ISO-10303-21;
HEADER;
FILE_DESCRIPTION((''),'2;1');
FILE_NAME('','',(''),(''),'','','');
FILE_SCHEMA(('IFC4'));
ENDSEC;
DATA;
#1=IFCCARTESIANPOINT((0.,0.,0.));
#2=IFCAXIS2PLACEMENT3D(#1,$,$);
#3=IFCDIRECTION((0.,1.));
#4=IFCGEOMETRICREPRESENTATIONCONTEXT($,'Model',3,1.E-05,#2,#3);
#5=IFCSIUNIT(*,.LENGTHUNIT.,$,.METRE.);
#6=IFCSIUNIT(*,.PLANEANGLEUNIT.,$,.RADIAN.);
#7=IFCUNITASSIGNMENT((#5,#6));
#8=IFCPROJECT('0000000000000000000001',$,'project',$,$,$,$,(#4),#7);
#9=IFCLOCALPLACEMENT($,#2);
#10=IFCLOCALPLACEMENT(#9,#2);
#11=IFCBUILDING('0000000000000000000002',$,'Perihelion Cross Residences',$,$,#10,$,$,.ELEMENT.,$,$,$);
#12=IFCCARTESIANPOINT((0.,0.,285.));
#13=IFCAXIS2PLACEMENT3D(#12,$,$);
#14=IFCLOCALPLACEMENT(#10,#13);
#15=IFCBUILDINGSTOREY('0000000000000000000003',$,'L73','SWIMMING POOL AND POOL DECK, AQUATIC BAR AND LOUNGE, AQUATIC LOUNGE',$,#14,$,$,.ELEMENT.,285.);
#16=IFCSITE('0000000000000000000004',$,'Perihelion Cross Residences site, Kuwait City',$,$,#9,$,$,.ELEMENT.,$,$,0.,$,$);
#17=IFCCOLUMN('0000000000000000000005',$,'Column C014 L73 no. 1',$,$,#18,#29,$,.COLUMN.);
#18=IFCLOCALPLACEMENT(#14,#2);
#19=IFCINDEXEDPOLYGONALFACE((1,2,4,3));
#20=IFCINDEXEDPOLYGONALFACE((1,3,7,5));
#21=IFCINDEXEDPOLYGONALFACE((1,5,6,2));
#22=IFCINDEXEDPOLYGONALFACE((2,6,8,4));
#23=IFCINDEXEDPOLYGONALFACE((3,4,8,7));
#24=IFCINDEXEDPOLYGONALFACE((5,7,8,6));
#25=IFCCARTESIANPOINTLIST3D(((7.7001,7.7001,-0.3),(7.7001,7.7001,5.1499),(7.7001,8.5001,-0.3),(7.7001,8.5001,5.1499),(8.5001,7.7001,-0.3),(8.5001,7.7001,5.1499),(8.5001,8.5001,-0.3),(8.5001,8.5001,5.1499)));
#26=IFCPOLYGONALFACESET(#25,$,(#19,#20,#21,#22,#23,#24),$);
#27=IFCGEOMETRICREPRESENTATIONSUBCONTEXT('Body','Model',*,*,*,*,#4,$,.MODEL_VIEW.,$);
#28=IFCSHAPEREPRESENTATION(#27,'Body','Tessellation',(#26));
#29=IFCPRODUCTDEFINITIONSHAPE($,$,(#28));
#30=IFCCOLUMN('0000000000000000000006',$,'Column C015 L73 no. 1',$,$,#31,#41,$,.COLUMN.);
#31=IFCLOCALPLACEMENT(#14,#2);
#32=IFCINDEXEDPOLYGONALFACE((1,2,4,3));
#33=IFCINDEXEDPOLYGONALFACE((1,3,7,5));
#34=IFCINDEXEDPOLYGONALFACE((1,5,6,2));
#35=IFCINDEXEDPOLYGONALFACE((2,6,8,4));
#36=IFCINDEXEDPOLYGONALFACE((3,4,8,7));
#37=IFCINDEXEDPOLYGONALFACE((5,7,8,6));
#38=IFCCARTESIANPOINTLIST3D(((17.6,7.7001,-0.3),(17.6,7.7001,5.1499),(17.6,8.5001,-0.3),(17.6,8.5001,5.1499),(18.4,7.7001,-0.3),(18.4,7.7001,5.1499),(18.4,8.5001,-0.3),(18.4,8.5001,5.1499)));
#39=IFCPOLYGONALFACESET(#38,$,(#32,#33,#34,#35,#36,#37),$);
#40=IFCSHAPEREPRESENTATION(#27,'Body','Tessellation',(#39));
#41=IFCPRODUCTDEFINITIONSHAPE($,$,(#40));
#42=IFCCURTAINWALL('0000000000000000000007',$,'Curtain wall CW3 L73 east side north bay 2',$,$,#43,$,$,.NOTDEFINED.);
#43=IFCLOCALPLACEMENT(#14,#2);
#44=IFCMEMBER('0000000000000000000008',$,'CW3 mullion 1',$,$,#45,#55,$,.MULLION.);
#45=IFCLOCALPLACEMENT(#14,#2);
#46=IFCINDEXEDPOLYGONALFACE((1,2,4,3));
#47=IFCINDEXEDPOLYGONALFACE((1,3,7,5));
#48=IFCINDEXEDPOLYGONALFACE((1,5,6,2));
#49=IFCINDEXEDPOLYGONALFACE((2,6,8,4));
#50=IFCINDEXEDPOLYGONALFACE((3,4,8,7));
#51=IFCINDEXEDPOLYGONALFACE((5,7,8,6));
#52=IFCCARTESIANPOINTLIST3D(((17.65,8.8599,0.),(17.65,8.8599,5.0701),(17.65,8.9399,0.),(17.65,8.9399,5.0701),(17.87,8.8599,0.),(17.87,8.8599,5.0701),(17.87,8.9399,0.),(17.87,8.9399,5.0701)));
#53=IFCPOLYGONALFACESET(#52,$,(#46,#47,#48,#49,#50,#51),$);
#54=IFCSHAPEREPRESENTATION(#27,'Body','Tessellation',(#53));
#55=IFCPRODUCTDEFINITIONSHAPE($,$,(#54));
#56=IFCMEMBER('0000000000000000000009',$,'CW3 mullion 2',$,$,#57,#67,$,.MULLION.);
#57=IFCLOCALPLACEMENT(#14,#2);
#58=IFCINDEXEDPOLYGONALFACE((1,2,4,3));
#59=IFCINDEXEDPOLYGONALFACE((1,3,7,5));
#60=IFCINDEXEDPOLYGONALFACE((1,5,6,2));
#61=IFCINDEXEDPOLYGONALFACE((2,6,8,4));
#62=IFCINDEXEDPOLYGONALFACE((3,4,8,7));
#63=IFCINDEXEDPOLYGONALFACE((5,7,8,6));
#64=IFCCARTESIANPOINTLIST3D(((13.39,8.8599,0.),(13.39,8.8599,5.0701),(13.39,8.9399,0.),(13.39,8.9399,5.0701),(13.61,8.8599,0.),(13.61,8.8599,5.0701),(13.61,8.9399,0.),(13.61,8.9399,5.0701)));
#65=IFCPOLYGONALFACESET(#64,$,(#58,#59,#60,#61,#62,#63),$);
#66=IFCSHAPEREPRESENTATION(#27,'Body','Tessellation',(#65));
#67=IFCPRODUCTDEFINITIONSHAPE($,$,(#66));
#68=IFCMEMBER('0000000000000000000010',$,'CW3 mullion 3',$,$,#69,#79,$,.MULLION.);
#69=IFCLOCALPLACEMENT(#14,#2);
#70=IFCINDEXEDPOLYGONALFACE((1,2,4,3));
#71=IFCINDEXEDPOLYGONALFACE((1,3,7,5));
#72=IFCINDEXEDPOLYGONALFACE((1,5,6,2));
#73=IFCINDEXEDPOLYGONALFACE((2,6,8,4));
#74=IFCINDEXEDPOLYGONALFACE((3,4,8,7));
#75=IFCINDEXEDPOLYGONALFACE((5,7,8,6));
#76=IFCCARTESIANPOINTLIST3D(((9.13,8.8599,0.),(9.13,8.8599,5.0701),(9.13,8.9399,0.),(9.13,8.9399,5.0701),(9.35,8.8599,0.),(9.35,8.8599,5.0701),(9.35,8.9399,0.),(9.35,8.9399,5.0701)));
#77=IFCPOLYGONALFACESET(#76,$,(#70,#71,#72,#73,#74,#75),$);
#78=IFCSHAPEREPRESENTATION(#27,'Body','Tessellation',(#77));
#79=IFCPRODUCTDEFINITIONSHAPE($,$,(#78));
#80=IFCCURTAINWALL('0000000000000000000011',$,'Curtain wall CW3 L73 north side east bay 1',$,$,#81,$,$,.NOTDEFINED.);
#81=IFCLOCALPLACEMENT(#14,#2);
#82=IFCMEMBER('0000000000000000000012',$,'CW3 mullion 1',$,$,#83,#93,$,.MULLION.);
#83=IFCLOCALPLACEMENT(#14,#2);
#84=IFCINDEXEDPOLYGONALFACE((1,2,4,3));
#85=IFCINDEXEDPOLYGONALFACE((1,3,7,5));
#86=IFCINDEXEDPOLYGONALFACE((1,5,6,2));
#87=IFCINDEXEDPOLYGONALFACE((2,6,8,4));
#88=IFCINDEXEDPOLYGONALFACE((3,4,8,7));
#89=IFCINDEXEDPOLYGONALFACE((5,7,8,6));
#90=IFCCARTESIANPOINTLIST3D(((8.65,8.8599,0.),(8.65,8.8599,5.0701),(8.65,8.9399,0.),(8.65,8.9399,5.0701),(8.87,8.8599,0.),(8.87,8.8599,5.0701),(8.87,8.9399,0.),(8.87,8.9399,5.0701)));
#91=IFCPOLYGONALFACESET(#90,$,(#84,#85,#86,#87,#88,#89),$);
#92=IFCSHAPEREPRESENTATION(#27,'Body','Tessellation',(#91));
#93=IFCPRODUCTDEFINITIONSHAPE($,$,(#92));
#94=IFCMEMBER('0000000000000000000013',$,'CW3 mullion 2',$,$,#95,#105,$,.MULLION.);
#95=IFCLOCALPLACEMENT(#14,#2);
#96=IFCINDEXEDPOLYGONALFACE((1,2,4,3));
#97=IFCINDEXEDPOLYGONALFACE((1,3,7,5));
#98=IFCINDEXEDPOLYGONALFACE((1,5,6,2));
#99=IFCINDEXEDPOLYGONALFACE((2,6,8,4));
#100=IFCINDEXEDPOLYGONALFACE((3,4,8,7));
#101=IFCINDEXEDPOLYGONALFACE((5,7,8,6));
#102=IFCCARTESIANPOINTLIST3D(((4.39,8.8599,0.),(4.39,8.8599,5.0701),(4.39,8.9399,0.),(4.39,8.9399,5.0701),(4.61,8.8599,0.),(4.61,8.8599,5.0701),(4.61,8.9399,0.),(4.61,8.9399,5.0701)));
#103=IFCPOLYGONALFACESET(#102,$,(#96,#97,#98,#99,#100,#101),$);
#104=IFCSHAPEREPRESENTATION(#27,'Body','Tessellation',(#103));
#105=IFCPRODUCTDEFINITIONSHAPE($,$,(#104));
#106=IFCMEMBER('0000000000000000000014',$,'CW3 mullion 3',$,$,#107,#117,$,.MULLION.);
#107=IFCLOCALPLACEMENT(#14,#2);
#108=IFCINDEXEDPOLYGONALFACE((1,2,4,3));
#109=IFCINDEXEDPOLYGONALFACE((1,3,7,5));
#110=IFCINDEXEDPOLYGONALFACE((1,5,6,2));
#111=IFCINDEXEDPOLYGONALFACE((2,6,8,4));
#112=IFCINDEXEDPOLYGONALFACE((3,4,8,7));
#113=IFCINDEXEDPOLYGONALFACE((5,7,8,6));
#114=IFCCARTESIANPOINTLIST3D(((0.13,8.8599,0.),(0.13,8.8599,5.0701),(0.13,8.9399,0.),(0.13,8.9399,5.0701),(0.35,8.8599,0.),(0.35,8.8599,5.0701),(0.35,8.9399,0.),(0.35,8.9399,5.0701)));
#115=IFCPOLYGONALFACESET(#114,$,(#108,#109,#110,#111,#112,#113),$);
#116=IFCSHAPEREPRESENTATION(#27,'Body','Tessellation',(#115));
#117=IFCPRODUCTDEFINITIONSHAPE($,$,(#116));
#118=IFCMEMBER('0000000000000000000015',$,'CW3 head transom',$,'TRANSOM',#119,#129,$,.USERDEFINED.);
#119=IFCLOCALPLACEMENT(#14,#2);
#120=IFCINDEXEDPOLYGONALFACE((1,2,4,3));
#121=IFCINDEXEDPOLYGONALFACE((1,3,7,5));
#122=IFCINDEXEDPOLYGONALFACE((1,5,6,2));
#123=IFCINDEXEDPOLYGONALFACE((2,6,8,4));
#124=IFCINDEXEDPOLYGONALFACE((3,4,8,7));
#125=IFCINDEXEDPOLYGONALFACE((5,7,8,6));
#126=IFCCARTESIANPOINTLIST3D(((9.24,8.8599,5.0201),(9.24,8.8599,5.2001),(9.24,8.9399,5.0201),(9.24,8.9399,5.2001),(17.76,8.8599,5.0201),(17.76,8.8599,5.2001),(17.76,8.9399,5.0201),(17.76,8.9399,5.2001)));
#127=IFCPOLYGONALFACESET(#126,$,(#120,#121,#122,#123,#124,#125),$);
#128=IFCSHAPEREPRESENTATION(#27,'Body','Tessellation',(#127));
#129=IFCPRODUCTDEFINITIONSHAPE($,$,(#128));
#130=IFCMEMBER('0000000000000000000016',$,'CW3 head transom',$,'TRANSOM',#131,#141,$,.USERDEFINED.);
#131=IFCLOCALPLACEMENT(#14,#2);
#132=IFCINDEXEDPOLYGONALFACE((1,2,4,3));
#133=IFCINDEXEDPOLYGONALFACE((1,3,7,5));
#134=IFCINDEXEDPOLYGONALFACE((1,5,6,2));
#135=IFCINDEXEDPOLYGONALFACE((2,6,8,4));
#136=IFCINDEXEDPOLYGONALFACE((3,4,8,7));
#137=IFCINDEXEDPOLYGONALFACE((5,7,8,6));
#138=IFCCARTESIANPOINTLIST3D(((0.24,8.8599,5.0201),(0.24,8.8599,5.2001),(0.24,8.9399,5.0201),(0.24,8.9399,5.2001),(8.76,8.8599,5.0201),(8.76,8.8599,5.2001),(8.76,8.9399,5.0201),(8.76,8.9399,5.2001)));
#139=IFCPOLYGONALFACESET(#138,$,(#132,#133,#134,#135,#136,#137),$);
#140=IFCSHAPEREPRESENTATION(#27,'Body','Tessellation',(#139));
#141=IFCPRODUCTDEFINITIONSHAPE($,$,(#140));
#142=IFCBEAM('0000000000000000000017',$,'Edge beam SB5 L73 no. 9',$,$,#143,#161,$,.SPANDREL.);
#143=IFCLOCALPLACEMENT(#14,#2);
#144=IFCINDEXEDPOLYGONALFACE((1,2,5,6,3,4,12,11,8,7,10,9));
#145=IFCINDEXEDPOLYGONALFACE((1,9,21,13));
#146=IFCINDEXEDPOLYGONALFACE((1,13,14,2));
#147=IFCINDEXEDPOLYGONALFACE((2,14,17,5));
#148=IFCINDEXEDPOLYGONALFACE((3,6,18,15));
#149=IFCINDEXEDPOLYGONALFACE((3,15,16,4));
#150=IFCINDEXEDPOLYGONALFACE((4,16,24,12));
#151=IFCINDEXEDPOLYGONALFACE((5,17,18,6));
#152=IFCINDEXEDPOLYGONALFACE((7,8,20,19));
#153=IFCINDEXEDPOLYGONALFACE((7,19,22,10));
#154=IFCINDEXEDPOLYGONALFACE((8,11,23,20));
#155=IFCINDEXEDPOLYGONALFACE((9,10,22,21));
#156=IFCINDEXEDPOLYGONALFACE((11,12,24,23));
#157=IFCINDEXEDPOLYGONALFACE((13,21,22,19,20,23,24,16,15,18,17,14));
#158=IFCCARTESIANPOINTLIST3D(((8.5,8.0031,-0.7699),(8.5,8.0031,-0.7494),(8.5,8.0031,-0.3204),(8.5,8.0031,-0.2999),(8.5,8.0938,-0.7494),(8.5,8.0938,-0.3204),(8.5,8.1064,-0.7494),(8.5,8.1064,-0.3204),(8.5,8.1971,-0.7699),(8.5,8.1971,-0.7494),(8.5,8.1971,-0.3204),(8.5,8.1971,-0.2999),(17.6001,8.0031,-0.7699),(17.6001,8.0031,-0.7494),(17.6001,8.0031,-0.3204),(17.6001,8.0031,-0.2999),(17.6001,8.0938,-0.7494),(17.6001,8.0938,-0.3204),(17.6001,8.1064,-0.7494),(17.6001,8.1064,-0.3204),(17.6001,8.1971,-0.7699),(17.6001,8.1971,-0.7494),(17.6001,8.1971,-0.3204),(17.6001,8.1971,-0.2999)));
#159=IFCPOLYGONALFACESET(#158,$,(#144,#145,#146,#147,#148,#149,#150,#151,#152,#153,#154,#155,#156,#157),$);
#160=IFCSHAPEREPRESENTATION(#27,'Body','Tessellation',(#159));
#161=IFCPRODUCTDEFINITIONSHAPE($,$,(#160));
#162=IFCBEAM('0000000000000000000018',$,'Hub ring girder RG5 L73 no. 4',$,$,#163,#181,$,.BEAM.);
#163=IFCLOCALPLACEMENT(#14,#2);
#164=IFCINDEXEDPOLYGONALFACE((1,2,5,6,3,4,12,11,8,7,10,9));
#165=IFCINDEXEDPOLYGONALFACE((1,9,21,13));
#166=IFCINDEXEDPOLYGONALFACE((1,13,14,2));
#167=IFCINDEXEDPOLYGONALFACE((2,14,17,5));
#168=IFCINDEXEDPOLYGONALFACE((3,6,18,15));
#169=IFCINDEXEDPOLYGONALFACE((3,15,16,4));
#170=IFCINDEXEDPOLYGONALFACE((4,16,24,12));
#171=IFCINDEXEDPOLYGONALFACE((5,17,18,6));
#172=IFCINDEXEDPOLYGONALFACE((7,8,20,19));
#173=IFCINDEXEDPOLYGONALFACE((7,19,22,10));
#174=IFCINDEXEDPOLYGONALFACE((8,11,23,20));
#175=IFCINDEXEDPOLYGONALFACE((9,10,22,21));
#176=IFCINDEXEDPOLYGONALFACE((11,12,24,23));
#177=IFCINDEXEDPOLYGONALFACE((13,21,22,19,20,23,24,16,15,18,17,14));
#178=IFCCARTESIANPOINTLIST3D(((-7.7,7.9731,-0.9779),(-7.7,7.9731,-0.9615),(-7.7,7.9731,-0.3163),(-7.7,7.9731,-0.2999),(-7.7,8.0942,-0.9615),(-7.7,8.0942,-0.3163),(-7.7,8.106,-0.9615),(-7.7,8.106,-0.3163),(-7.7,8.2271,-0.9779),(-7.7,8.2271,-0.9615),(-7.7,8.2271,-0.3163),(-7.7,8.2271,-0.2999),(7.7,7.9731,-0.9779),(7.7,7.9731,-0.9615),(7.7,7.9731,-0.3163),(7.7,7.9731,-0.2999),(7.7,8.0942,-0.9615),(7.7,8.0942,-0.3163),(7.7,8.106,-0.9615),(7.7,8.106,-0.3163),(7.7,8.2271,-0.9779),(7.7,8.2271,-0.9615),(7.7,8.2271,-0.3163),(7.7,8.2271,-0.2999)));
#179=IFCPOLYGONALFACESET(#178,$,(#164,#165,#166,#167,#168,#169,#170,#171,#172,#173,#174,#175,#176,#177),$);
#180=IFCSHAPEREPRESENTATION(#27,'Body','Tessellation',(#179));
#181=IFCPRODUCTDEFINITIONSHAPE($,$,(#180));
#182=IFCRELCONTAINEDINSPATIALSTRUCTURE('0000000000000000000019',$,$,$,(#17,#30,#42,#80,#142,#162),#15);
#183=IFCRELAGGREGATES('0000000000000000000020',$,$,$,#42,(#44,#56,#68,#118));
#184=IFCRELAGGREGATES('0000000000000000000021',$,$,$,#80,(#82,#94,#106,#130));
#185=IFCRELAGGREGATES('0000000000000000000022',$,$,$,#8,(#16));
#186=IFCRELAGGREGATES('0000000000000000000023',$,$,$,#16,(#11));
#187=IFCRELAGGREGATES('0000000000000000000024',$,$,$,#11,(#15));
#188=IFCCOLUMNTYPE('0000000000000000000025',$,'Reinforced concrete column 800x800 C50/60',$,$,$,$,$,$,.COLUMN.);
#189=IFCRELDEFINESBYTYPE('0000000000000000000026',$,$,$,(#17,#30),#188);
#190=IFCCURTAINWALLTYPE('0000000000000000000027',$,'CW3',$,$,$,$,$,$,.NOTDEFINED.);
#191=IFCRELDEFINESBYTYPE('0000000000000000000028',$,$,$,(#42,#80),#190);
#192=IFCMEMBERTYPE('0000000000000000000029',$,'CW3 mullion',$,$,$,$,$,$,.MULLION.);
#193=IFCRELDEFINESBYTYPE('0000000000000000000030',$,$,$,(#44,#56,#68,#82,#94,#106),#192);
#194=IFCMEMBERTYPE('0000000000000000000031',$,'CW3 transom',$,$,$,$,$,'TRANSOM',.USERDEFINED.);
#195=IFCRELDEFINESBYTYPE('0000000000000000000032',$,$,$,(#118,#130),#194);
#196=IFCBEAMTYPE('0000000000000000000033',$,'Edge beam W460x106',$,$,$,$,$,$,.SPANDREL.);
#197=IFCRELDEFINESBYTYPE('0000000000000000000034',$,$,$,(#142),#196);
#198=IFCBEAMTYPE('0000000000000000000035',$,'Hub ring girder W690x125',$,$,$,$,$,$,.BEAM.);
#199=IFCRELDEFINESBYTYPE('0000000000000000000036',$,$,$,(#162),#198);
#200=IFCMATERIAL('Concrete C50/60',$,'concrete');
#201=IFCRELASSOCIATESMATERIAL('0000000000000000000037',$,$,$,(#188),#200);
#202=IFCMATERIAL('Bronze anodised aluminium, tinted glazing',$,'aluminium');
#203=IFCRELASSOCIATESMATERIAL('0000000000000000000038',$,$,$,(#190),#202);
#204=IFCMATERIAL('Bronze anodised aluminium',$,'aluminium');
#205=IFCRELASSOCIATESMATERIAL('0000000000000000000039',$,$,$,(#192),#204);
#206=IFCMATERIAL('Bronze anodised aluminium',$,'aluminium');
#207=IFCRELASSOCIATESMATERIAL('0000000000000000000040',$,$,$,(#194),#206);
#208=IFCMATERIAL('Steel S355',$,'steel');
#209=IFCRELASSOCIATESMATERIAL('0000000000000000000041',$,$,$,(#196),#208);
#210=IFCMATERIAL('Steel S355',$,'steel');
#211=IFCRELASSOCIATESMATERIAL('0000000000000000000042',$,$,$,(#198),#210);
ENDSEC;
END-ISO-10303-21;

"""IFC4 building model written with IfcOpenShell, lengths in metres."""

from ifc_helpers import new_model, si_unit, direction, frame, origin, origin_2d, place, context, subcontext, project, spatial, rectangle, i_section, extrude, material, material_profile, profile_set, type_object, element, aggregate, save


model = new_model("IFC4")

# Units and contexts
model_context = context("Model", 3, precision=1e-05, world=origin(), true_north=direction((0.0, 1.0)))
body_context = subcontext(model_context, "Body", "Model", "MODEL_VIEW")
ifc_project = project(units=[si_unit("LENGTHUNIT", "METRE"), si_unit("PLANEANGLEUNIT", "RADIAN")], contexts=[model_context])

# Site, building, storey
site_placement = place(None, origin())
site = spatial("IfcSite", under=ifc_project, at=site_placement, Name="Perihelion Cross Residences site, Kuwait City", CompositionType="ELEMENT", RefElevation=0.0)
building_placement = place(site_placement, origin())
building = spatial("IfcBuilding", under=site, at=building_placement, Name="Perihelion Cross Residences", CompositionType="ELEMENT")
storey_placement = place(building_placement, frame((0.0, 0.0, 285.0)))
storey = spatial("IfcBuildingStorey", under=building, at=storey_placement, Name="L73", Description="SWIMMING POOL AND POOL DECK, AQUATIC BAR AND LOUNGE, AQUATIC LOUNGE", CompositionType="ELEMENT", Elevation=285.0)

# Columns
ifc_material_1 = material(Name="Concrete C50/60", Category="concrete")
ifc_material_profile_1 = material_profile(ifc_material_1, rectangle(XDim=0.8, YDim=0.8, at=origin_2d()), Name="RC 800x800")
ifc_profile_set_1 = profile_set([ifc_material_profile_1], Name="Concrete C50/60")
column_type = type_object("IfcColumnType", Name="Reinforced concrete column 800x800 C50/60", PredefinedType="COLUMN", material=ifc_profile_set_1)
for number, where, z_axis, x_axis, name in (
    (1, (8.1001, 8.1001, -0.3), (0.0, 0.0, 1.0), (1.0, 0.0, 0.0), "Column C014 L73 no. 1"),
    (2, (18.0, 8.1001, -0.3), (0.0, 0.0, 1.0), (1.0, 0.0, 0.0), "Column C015 L73 no. 1"),
):
    element("IfcColumn", number, at=place(storey_placement, frame(where, z_axis=z_axis, x_axis=x_axis)), inside=storey, type_object=column_type, Name=name, PredefinedType="COLUMN", context=body_context, shape_type="SweptSolid", body=[
        extrude(rectangle(XDim=0.8, YDim=0.8, at=origin_2d()), origin(), (0.0, 0.0, 1.0), 5.45),
    ])

# Curtain walls, members
ifc_material_2 = material(Name="Bronze anodised aluminium, tinted glazing", Category="aluminium")
curtain_wall_type = type_object("IfcCurtainWallType", Name="CW3", PredefinedType="NOTDEFINED", material=ifc_material_2)
curtain_wall_1_placement = place(storey_placement, origin())
curtain_wall_1 = element("IfcCurtainWall", 3, at=curtain_wall_1_placement, inside=storey, type_object=curtain_wall_type, Name="Curtain wall CW3 L73 east side north bay 2", PredefinedType="NOTDEFINED")
ifc_material_3 = material(Name="Bronze anodised aluminium", Category="aluminium")
ifc_material_profile_2 = material_profile(ifc_material_3, rectangle(XDim=0.0801, YDim=0.22, at=origin_2d()), Name="CW3 mullion")
ifc_profile_set_2 = profile_set([ifc_material_profile_2], Name="Bronze anodised aluminium")
member_type_1 = type_object("IfcMemberType", Name="CW3 mullion", PredefinedType="MULLION", material=ifc_profile_set_2)
member_1_placement = place(storey_placement, frame((17.76, 8.8999, 0.0), z_axis=(0.0, 0.0, 1.0), x_axis=(0.0, -1.0, 0.0)))
member_1 = element("IfcMember", 4, at=member_1_placement, type_object=member_type_1, Name="CW3 mullion 1", PredefinedType="MULLION", context=body_context, shape_type="SweptSolid", body=[
    extrude(rectangle(XDim=0.0801, YDim=0.22, at=origin_2d()), origin(), (0.0, 0.0, 1.0), 5.0701),
])
member_2_placement = place(storey_placement, frame((13.5, 8.8999, 0.0), z_axis=(0.0, 0.0, 1.0), x_axis=(0.0, -1.0, 0.0)))
member_2 = element("IfcMember", 5, at=member_2_placement, type_object=member_type_1, Name="CW3 mullion 2", PredefinedType="MULLION", context=body_context, shape_type="SweptSolid", body=[
    extrude(rectangle(XDim=0.0801, YDim=0.22, at=origin_2d()), origin(), (0.0, 0.0, 1.0), 5.0701),
])
member_3_placement = place(storey_placement, frame((9.24, 8.8999, 0.0), z_axis=(0.0, 0.0, 1.0), x_axis=(0.0, -1.0, 0.0)))
member_3 = element("IfcMember", 6, at=member_3_placement, type_object=member_type_1, Name="CW3 mullion 3", PredefinedType="MULLION", context=body_context, shape_type="SweptSolid", body=[
    extrude(rectangle(XDim=0.0801, YDim=0.22, at=origin_2d()), origin(), (0.0, 0.0, 1.0), 5.0701),
])
curtain_wall_2_placement = place(storey_placement, origin())
curtain_wall_2 = element("IfcCurtainWall", 7, at=curtain_wall_2_placement, inside=storey, type_object=curtain_wall_type, Name="Curtain wall CW3 L73 north side east bay 1", PredefinedType="NOTDEFINED")
member_4_placement = place(storey_placement, frame((8.76, 8.8999, 0.0), z_axis=(0.0, 0.0, 1.0), x_axis=(0.0, -1.0, 0.0)))
member_4 = element("IfcMember", 8, at=member_4_placement, type_object=member_type_1, Name="CW3 mullion 1", PredefinedType="MULLION", context=body_context, shape_type="SweptSolid", body=[
    extrude(rectangle(XDim=0.0801, YDim=0.22, at=origin_2d()), origin(), (0.0, 0.0, 1.0), 5.0701),
])
member_5_placement = place(storey_placement, frame((4.5, 8.8999, 0.0), z_axis=(0.0, 0.0, 1.0), x_axis=(0.0, -1.0, 0.0)))
member_5 = element("IfcMember", 9, at=member_5_placement, type_object=member_type_1, Name="CW3 mullion 2", PredefinedType="MULLION", context=body_context, shape_type="SweptSolid", body=[
    extrude(rectangle(XDim=0.0801, YDim=0.22, at=origin_2d()), origin(), (0.0, 0.0, 1.0), 5.0701),
])
member_6_placement = place(storey_placement, frame((0.24, 8.8999, 0.0), z_axis=(0.0, 0.0, 1.0), x_axis=(0.0, -1.0, 0.0)))
member_6 = element("IfcMember", 10, at=member_6_placement, type_object=member_type_1, Name="CW3 mullion 3", PredefinedType="MULLION", context=body_context, shape_type="SweptSolid", body=[
    extrude(rectangle(XDim=0.0801, YDim=0.22, at=origin_2d()), origin(), (0.0, 0.0, 1.0), 5.0701),
])

# Members
ifc_material_4 = material(Name="Bronze anodised aluminium", Category="aluminium")
ifc_material_profile_3 = material_profile(ifc_material_4, rectangle(XDim=0.0801, YDim=0.1799, at=origin_2d()), Name="CW3 transom")
ifc_profile_set_3 = profile_set([ifc_material_profile_3], Name="Bronze anodised aluminium")
member_type_2 = type_object("IfcMemberType", Name="CW3 transom", ElementType="TRANSOM", PredefinedType="USERDEFINED", material=ifc_profile_set_3)
member_7_placement = place(storey_placement, frame((17.76, 8.8999, 5.1101), z_axis=(-1.0, 0.0, 0.0), x_axis=(0.0, -1.0, 0.0)))
member_7 = element("IfcMember", 11, at=member_7_placement, type_object=member_type_2, Name="CW3 head transom", ObjectType="TRANSOM", PredefinedType="USERDEFINED", context=body_context, shape_type="SweptSolid", body=[
    extrude(rectangle(XDim=0.0801, YDim=0.1799, at=origin_2d()), origin(), (0.0, 0.0, 1.0), 8.52),
])
member_8_placement = place(storey_placement, frame((8.76, 8.8999, 5.1101), z_axis=(-1.0, 0.0, 0.0), x_axis=(0.0, -1.0, 0.0)))
member_8 = element("IfcMember", 12, at=member_8_placement, type_object=member_type_2, Name="CW3 head transom", ObjectType="TRANSOM", PredefinedType="USERDEFINED", context=body_context, shape_type="SweptSolid", body=[
    extrude(rectangle(XDim=0.0801, YDim=0.1799, at=origin_2d()), origin(), (0.0, 0.0, 1.0), 8.52),
])

# Beams
ifc_material_5 = material(Name="Steel S355", Category="steel")
ifc_material_profile_4 = material_profile(ifc_material_5, i_section(OverallWidth=0.1941, OverallDepth=0.47, WebThickness=0.0127, FlangeThickness=0.0205, at=origin_2d()), Name="W460x106")
ifc_profile_set_4 = profile_set([ifc_material_profile_4], Name="Steel S355")
beam_type_1 = type_object("IfcBeamType", Name="Edge beam W460x106", PredefinedType="SPANDREL", material=ifc_profile_set_4)
beam_1_placement = place(storey_placement, frame((17.6001, 8.1001, -0.5349), z_axis=(-1.0, 0.0, 0.0), x_axis=(0.0, -1.0, 0.0)))
element("IfcBeam", 13, at=beam_1_placement, inside=storey, type_object=beam_type_1, Name="Edge beam SB5 L73 no. 9", PredefinedType="SPANDREL", context=body_context, shape_type="SweptSolid", body=[
    extrude(i_section(OverallWidth=0.1941, OverallDepth=0.47, WebThickness=0.0127, FlangeThickness=0.0205, at=origin_2d()), origin(), (0.0, 0.0, 1.0), 9.1001),
])
ifc_material_6 = material(Name="Steel S355", Category="steel")
ifc_material_profile_5 = material_profile(ifc_material_6, i_section(OverallWidth=0.2539, OverallDepth=0.678, WebThickness=0.0117, FlangeThickness=0.0164, at=origin_2d()), Name="W690x125")
ifc_profile_set_5 = profile_set([ifc_material_profile_5], Name="Steel S355")
beam_type_2 = type_object("IfcBeamType", Name="Hub ring girder W690x125", PredefinedType="BEAM", material=ifc_profile_set_5)
beam_2_placement = place(storey_placement, frame((7.7, 8.1001, -0.6389), z_axis=(-1.0, 0.0, 0.0), x_axis=(0.0, -1.0, 0.0)))
element("IfcBeam", 14, at=beam_2_placement, inside=storey, type_object=beam_type_2, Name="Hub ring girder RG5 L73 no. 4", PredefinedType="BEAM", context=body_context, shape_type="SweptSolid", body=[
    extrude(i_section(OverallWidth=0.2539, OverallDepth=0.678, WebThickness=0.0117, FlangeThickness=0.0164, at=origin_2d()), origin(), (0.0, 0.0, 1.0), 15.3999),
])

aggregate(curtain_wall_1, [member_1, member_2, member_3, member_7])
aggregate(curtain_wall_2, [member_4, member_5, member_6, member_8])

save(model, "model.ifc")
